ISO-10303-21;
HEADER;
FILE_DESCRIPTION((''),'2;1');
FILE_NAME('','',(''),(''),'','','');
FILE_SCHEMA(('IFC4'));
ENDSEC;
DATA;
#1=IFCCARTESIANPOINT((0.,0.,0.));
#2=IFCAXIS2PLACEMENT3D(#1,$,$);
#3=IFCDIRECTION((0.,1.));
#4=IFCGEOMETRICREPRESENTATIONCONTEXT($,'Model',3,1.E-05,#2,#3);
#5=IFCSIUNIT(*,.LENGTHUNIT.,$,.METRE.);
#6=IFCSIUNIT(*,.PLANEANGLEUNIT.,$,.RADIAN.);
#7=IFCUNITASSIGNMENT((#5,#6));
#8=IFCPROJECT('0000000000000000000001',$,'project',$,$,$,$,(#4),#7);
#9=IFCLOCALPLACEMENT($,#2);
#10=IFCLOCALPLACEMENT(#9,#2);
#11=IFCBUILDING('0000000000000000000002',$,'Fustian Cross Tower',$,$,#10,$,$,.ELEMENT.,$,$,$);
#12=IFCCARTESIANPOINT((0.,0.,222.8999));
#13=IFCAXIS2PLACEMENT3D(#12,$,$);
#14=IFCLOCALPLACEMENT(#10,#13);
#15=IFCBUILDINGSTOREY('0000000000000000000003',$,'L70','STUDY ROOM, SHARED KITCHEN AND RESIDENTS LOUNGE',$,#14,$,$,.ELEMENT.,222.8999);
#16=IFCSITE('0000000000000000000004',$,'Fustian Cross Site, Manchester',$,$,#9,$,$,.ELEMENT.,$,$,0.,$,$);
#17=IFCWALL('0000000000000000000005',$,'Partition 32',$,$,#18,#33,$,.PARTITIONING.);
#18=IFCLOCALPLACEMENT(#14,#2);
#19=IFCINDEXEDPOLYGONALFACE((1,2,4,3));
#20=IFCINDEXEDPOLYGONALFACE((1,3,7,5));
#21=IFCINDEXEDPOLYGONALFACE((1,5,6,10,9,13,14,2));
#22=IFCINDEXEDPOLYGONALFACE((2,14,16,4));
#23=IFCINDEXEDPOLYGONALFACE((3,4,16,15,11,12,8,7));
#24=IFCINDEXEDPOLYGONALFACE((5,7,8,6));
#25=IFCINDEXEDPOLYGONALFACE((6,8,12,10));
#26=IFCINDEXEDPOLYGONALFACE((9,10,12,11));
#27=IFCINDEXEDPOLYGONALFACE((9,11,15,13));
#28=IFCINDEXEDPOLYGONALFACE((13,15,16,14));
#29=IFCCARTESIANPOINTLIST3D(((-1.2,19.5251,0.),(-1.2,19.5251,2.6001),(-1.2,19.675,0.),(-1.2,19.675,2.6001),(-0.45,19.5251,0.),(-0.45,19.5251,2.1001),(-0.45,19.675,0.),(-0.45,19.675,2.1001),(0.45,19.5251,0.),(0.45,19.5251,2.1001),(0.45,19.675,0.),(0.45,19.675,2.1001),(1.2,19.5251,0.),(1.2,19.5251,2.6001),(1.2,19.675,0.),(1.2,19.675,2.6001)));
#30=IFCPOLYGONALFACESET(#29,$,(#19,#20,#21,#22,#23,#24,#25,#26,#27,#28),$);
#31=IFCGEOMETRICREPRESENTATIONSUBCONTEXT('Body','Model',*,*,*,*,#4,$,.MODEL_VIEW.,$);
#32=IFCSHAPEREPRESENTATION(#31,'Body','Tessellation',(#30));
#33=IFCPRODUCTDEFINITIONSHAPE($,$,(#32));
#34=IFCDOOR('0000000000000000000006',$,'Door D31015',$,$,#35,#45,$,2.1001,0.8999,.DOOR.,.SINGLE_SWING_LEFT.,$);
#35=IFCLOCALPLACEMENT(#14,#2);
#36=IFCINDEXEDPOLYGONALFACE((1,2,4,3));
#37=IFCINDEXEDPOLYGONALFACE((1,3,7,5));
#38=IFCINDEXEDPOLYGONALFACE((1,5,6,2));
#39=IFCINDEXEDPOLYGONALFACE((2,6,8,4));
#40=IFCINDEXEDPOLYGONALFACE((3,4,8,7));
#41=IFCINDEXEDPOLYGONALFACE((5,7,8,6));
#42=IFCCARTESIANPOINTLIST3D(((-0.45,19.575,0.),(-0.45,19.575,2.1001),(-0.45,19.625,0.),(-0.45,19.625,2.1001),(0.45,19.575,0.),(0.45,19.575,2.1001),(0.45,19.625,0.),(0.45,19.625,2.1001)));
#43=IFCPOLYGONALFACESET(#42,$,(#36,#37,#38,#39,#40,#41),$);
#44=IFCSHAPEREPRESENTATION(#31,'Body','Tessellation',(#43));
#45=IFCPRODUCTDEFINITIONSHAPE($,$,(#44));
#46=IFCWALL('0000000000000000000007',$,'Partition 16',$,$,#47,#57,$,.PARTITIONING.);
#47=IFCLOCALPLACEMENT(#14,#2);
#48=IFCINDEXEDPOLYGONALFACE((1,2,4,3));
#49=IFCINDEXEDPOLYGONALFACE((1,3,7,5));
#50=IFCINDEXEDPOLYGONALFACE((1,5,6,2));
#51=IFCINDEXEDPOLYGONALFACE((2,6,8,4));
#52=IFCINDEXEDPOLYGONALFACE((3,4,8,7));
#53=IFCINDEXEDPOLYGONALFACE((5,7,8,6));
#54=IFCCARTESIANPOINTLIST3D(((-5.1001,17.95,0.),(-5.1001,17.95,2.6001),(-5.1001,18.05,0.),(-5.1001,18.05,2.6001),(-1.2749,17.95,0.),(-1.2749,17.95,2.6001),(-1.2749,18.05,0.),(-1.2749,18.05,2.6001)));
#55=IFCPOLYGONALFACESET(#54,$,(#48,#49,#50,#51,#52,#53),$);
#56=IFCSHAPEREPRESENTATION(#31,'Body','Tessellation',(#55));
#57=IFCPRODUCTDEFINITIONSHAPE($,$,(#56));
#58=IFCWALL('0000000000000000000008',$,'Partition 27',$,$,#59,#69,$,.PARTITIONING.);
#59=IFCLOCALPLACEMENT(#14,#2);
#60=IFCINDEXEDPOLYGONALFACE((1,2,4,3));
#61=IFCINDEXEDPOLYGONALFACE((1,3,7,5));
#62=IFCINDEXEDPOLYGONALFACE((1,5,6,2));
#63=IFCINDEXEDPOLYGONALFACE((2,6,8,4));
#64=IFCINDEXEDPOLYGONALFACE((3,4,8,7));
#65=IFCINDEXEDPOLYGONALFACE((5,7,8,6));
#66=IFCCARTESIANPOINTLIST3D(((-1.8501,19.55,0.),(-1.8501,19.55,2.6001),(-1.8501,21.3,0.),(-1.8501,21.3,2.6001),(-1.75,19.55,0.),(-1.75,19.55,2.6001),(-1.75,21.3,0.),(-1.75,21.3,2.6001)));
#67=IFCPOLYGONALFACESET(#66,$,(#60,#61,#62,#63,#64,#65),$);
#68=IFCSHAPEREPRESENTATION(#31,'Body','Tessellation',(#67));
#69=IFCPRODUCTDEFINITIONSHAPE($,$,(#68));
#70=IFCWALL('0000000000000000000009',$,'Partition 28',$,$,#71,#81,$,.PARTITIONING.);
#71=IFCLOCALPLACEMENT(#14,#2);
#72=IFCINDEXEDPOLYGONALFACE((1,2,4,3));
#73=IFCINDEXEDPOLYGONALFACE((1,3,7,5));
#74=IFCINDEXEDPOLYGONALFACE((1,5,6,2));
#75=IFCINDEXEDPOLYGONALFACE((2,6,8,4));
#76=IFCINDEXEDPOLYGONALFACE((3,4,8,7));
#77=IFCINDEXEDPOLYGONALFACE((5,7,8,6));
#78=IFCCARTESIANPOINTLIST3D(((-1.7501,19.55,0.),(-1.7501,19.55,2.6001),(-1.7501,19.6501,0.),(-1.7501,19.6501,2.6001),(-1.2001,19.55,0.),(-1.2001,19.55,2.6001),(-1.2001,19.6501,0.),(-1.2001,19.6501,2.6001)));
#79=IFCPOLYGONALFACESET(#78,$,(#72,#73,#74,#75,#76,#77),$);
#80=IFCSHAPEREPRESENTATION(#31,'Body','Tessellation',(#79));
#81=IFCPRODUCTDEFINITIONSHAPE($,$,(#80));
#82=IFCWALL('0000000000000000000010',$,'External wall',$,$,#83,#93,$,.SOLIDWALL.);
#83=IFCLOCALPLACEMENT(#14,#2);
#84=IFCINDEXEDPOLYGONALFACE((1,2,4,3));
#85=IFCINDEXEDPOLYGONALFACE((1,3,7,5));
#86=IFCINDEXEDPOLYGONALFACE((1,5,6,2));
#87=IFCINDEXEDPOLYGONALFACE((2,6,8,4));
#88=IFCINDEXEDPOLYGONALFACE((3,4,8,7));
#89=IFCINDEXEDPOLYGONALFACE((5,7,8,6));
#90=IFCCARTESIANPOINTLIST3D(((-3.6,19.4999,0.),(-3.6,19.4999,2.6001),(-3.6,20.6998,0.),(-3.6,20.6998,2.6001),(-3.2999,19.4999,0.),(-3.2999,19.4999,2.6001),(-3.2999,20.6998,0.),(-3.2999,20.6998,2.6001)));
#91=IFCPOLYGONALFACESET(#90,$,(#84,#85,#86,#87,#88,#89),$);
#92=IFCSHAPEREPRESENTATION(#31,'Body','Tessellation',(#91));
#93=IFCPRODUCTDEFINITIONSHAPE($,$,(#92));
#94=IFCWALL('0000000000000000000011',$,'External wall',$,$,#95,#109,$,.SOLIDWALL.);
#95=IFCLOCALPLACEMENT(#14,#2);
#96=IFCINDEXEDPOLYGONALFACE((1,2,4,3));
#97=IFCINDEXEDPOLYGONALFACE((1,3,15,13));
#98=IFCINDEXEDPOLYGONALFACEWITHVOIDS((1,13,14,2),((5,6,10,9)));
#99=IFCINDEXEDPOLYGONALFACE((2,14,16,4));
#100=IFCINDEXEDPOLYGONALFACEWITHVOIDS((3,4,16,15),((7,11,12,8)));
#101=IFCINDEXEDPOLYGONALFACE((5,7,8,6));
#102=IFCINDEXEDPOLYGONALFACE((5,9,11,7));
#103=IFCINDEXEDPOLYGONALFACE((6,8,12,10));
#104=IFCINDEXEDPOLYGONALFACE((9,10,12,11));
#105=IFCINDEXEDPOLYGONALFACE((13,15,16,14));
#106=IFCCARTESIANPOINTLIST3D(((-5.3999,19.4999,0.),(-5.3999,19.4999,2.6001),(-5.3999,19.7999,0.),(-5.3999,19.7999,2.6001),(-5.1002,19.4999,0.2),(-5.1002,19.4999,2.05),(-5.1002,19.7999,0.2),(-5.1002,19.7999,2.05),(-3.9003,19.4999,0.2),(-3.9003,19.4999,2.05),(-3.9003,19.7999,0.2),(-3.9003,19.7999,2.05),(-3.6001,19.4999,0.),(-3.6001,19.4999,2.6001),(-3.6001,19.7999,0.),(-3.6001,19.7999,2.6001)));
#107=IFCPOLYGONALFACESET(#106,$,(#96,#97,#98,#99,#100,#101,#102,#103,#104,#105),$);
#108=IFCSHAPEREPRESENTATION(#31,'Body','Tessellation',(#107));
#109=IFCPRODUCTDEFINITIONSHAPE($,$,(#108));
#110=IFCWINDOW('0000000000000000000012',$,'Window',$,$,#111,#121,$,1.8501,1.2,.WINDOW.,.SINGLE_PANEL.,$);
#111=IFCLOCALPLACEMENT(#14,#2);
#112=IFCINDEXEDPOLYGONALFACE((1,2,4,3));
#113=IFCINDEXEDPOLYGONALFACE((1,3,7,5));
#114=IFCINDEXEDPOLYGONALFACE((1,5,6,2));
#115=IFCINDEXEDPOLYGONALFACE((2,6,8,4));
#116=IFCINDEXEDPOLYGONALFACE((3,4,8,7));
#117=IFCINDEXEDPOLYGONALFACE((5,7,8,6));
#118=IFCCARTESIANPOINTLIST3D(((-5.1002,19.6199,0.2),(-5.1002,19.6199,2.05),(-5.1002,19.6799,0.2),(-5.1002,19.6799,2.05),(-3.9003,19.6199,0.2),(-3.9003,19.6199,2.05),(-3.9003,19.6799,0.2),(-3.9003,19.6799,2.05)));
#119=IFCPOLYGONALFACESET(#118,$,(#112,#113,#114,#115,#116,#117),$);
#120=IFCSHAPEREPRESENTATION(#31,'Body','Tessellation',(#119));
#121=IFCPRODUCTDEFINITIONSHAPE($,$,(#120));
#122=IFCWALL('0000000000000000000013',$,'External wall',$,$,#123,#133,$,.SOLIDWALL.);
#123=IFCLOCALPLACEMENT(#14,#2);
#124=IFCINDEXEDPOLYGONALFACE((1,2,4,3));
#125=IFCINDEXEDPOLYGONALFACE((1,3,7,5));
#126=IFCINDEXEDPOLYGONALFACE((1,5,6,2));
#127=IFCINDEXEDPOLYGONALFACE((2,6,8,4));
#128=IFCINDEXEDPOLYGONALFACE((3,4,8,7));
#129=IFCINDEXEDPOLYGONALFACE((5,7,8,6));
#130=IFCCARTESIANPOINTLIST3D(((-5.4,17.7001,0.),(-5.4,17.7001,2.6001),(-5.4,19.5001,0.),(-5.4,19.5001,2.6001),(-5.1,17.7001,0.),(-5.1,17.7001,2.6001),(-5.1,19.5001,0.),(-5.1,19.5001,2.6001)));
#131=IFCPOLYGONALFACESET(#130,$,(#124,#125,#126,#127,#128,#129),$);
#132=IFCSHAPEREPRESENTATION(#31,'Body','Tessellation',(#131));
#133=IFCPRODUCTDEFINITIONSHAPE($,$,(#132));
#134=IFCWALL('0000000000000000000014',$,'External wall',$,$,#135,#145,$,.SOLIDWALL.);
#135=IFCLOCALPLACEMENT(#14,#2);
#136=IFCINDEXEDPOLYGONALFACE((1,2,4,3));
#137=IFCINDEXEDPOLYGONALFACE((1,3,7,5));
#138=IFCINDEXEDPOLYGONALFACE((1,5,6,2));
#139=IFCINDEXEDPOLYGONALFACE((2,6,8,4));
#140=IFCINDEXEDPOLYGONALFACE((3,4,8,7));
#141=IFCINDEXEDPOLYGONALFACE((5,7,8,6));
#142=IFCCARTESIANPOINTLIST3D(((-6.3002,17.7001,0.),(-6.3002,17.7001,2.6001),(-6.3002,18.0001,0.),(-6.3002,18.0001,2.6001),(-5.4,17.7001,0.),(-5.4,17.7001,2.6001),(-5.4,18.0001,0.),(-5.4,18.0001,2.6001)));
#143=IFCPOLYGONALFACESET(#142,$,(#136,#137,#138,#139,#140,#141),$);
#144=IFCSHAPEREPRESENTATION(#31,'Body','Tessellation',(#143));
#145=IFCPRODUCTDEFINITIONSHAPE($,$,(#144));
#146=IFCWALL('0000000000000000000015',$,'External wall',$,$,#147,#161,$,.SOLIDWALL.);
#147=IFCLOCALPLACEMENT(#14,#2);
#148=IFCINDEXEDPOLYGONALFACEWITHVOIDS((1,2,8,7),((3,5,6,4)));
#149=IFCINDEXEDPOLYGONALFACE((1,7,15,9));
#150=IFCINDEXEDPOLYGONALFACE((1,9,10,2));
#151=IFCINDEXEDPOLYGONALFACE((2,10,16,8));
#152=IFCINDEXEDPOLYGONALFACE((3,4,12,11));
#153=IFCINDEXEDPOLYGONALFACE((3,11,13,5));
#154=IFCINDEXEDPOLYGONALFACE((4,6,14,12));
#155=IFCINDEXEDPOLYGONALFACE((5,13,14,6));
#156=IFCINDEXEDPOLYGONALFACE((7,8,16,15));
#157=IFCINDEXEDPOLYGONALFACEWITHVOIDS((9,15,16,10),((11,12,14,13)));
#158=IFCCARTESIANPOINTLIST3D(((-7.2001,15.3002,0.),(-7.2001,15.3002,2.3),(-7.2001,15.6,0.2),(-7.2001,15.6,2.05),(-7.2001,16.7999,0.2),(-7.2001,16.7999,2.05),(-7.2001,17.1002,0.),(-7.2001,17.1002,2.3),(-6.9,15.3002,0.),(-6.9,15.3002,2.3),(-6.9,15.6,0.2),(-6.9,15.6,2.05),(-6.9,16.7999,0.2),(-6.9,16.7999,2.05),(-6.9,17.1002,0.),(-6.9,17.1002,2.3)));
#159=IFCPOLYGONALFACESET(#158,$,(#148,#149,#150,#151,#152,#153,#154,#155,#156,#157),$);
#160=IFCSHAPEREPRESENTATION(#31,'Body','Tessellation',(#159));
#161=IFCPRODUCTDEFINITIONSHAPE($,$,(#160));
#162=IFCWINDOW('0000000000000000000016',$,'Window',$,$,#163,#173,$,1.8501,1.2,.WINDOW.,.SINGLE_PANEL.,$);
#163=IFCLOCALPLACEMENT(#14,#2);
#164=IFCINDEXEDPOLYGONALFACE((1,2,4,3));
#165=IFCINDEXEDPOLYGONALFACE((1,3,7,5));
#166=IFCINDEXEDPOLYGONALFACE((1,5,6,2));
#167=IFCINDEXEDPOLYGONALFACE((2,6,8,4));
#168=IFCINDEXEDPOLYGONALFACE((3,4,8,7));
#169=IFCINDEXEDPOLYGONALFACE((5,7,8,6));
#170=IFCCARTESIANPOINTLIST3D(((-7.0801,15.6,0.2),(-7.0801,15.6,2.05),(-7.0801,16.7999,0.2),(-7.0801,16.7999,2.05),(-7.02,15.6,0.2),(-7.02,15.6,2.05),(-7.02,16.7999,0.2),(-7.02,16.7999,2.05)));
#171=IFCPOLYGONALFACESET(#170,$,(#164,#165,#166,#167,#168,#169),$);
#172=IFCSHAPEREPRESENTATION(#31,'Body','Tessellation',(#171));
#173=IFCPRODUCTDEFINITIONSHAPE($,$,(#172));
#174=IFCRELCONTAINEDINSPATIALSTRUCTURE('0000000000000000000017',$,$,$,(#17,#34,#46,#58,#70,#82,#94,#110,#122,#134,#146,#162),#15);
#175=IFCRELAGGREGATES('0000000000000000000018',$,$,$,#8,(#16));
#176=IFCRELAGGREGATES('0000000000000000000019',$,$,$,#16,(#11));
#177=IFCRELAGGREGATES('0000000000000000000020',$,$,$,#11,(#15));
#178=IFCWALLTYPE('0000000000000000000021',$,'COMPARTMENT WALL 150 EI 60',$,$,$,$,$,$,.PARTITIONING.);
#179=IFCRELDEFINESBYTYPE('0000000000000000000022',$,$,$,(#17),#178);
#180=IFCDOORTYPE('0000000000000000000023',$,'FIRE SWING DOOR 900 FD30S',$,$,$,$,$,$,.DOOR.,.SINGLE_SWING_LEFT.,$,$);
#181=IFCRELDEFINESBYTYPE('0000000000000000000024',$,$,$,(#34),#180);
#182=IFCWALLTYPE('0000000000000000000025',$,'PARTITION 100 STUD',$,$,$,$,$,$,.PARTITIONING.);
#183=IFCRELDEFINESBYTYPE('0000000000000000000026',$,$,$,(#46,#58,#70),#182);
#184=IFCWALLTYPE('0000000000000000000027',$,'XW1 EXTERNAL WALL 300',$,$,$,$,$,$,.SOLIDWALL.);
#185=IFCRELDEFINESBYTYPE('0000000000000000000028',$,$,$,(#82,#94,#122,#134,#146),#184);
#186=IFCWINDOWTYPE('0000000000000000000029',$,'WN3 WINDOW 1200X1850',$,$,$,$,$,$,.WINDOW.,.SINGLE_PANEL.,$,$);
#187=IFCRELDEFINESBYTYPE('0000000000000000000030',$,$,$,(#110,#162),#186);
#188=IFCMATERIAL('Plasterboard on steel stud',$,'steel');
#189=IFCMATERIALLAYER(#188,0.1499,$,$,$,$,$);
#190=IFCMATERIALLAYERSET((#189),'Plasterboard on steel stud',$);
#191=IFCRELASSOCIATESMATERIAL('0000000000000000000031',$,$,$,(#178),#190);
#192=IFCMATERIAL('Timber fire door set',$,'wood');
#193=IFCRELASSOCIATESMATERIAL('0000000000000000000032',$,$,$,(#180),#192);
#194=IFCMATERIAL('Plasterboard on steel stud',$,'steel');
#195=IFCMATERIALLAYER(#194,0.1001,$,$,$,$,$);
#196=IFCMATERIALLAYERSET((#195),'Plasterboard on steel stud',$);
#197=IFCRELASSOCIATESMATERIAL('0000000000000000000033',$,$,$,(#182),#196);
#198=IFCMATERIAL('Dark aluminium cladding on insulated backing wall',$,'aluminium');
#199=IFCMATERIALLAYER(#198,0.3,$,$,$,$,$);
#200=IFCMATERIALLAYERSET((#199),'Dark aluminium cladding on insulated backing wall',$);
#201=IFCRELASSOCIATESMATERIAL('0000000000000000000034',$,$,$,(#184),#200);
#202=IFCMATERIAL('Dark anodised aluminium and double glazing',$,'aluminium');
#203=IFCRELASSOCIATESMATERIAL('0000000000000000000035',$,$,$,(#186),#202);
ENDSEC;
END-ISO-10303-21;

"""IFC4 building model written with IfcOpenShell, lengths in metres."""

from ifc_helpers import new_model, si_unit, direction, frame, frame_2d, origin, place, context, subcontext, project, spatial, rectangle, extrude, material, layer, layer_set, type_object, element, fill, save


model = new_model("IFC4")

# Units and contexts
model_context = context("Model", 3, precision=1e-05, world=origin(), true_north=direction((0.0, 1.0)))
body_context = subcontext(model_context, "Body", "Model", "MODEL_VIEW")
ifc_project = project(units=[si_unit("LENGTHUNIT", "METRE"), si_unit("PLANEANGLEUNIT", "RADIAN")], contexts=[model_context])

# Site, building, storey
site_placement = place(None, origin())
site = spatial("IfcSite", under=ifc_project, at=site_placement, Name="Fustian Cross Site, Manchester", CompositionType="ELEMENT", RefElevation=0.0)
building_placement = place(site_placement, origin())
building = spatial("IfcBuilding", under=site, at=building_placement, Name="Fustian Cross Tower", CompositionType="ELEMENT")
storey_placement = place(building_placement, frame((0.0, 0.0, 222.8999)))
storey = spatial("IfcBuildingStorey", under=building, at=storey_placement, Name="L70", Description="STUDY ROOM, SHARED KITCHEN AND RESIDENTS LOUNGE", CompositionType="ELEMENT", Elevation=222.8999)

# Wall, opening, door
ifc_material_1 = material(Name="Plasterboard on steel stud", Category="steel")
ifc_layer_1 = layer(ifc_material_1, 0.1499)
ifc_layer_set_1 = layer_set([ifc_layer_1], Name="Plasterboard on steel stud")
wall_type_1 = type_object("IfcWallType", Name="COMPARTMENT WALL 150 EI 60", PredefinedType="PARTITIONING", material=ifc_layer_set_1)
wall_1_placement = place(storey_placement, frame((-1.2, 19.6001, 0.0), z_axis=(0.0, 0.0, 1.0), x_axis=(1.0, 0.0, 0.0)))
wall_1 = element("IfcWall", 1, at=wall_1_placement, inside=storey, type_object=wall_type_1, Name="Partition 32", PredefinedType="PARTITIONING", context=body_context, shape_type="SweptSolid", body=[
    extrude(rectangle(XDim=2.3999, YDim=0.1499, at=frame_2d((1.2, 0.0))), origin(), (0.0, 0.0, 1.0), 2.6001),
])
opening_1_placement = place(wall_1_placement, frame((0.75, 0.0, 0.0)))
opening_1 = element("IfcOpeningElement", 2, at=opening_1_placement, cuts=wall_1, PredefinedType="OPENING", context=body_context, shape_type="SweptSolid", body=[
    extrude(rectangle(XDim=0.8999, YDim=2.1001, at=frame_2d((0.45, 1.05))), frame((0.0, 0.085, 0.0), z_axis=(0.0, -1.0, 0.0), x_axis=(1.0, 0.0, 0.0)), (0.0, 0.0, 1.0), 0.1699),
])
ifc_material_2 = material(Name="Timber fire door set", Category="wood")
door_type = type_object("IfcDoorType", Name="FIRE SWING DOOR 900 FD30S", OperationType="SINGLE_SWING_LEFT", PredefinedType="DOOR", material=ifc_material_2)
door_placement = place(opening_1_placement, origin())
door = element("IfcDoor", 3, at=door_placement, inside=storey, type_object=door_type, Name="Door D31015", OperationType="SINGLE_SWING_LEFT", OverallHeight=2.1001, OverallWidth=0.8999, PredefinedType="DOOR", context=body_context, shape_type="SweptSolid", body=[
    extrude(rectangle(XDim=0.8999, YDim=2.1001, at=frame_2d((0.45, 1.05))), frame((0.0, 0.0249, 0.0), z_axis=(0.0, -1.0, 0.0), x_axis=(1.0, 0.0, 0.0)), (0.0, 0.0, 1.0), 0.05),
])
fill(opening_1, door)

# Walls
ifc_material_3 = material(Name="Plasterboard on steel stud", Category="steel")
ifc_layer_2 = layer(ifc_material_3, 0.1001)
ifc_layer_set_2 = layer_set([ifc_layer_2], Name="Plasterboard on steel stud")
wall_type_2 = type_object("IfcWallType", Name="PARTITION 100 STUD", PredefinedType="PARTITIONING", material=ifc_layer_set_2)
wall_2_placement = place(storey_placement, frame((-5.1001, 18.0, 0.0), z_axis=(0.0, 0.0, 1.0), x_axis=(1.0, 0.0, 0.0)))
element("IfcWall", 4, at=wall_2_placement, inside=storey, type_object=wall_type_2, Name="Partition 16", PredefinedType="PARTITIONING", context=body_context, shape_type="SweptSolid", body=[
    extrude(rectangle(XDim=3.8252, YDim=0.1001, at=frame_2d((1.9126, 0.0))), origin(), (0.0, 0.0, 1.0), 2.6001),
])
wall_3_placement = place(storey_placement, frame((-1.8, 19.55, 0.0), z_axis=(0.0, 0.0, 1.0), x_axis=(0.0, 1.0, 0.0)))
element("IfcWall", 5, at=wall_3_placement, inside=storey, type_object=wall_type_2, Name="Partition 27", PredefinedType="PARTITIONING", context=body_context, shape_type="SweptSolid", body=[
    extrude(rectangle(XDim=1.75, YDim=0.1001, at=frame_2d((0.875, 0.0))), origin(), (0.0, 0.0, 1.0), 2.6001),
])
wall_4_placement = place(storey_placement, frame((-1.75, 19.6001, 0.0), z_axis=(0.0, 0.0, 1.0), x_axis=(1.0, 0.0, 0.0)))
element("IfcWall", 6, at=wall_4_placement, inside=storey, type_object=wall_type_2, Name="Partition 28", PredefinedType="PARTITIONING", context=body_context, shape_type="SweptSolid", body=[
    extrude(rectangle(XDim=0.55, YDim=0.1001, at=frame_2d((0.2749, 0.0))), origin(), (0.0, 0.0, 1.0), 2.6001),
])
ifc_material_4 = material(Name="Dark aluminium cladding on insulated backing wall", Category="aluminium")
ifc_layer_3 = layer(ifc_material_4, 0.3)
ifc_layer_set_3 = layer_set([ifc_layer_3], Name="Dark aluminium cladding on insulated backing wall")
wall_type_3 = type_object("IfcWallType", Name="XW1 EXTERNAL WALL 300", PredefinedType="SOLIDWALL", material=ifc_layer_set_3)
wall_5_placement = place(storey_placement, frame((-3.45, 20.7, 0.0), z_axis=(0.0, 0.0, 1.0), x_axis=(0.0, -1.0, 0.0)))
element("IfcWall", 7, at=wall_5_placement, inside=storey, type_object=wall_type_3, Name="External wall", PredefinedType="SOLIDWALL", context=body_context, shape_type="SweptSolid", body=[
    extrude(rectangle(XDim=1.2, YDim=0.3, at=frame_2d((0.6001, 0.0))), origin(), (0.0, 0.0, 1.0), 2.6001),
])

# Wall, opening, window
wall_6_placement = place(storey_placement, frame((-3.6001, 19.6499, 0.0), z_axis=(0.0, 0.0, 1.0), x_axis=(-1.0, 0.0, 0.0)))
wall_6 = element("IfcWall", 8, at=wall_6_placement, inside=storey, type_object=wall_type_3, Name="External wall", PredefinedType="SOLIDWALL", context=body_context, shape_type="SweptSolid", body=[
    extrude(rectangle(XDim=1.7998, YDim=0.3, at=frame_2d((0.8999, 0.0))), origin(), (0.0, 0.0, 1.0), 2.6001),
])
opening_2_placement = place(wall_6_placement, frame((0.3, 0.0, 0.2)))
opening_2 = element("IfcOpeningElement", 9, at=opening_2_placement, cuts=wall_6, PredefinedType="OPENING", context=body_context, shape_type="SweptSolid", body=[
    extrude(rectangle(XDim=1.2, YDim=1.8501, at=frame_2d((0.6001, 0.925))), frame((0.0, 0.1599, 0.0), z_axis=(0.0, -1.0, 0.0), x_axis=(1.0, 0.0, 0.0)), (0.0, 0.0, 1.0), 0.3201),
])
ifc_material_5 = material(Name="Dark anodised aluminium and double glazing", Category="aluminium")
window_type = type_object("IfcWindowType", Name="WN3 WINDOW 1200X1850", PartitioningType="SINGLE_PANEL", PredefinedType="WINDOW", material=ifc_material_5)
window_1_placement = place(opening_2_placement, origin())
window_1 = element("IfcWindow", 10, at=window_1_placement, inside=storey, type_object=window_type, Name="Window", OverallHeight=1.8501, OverallWidth=1.2, PartitioningType="SINGLE_PANEL", PredefinedType="WINDOW", context=body_context, shape_type="SweptSolid", body=[
    extrude(rectangle(XDim=1.2, YDim=1.8501, at=frame_2d((0.6001, 0.925))), frame((0.0, 0.03, 0.0), z_axis=(0.0, -1.0, 0.0), x_axis=(1.0, 0.0, 0.0)), (0.0, 0.0, 1.0), 0.0601),
])
fill(opening_2, window_1)

# Walls
wall_7_placement = place(storey_placement, frame((-5.25, 19.5, 0.0), z_axis=(0.0, 0.0, 1.0), x_axis=(0.0, -1.0, 0.0)))
element("IfcWall", 11, at=wall_7_placement, inside=storey, type_object=wall_type_3, Name="External wall", PredefinedType="SOLIDWALL", context=body_context, shape_type="SweptSolid", body=[
    extrude(rectangle(XDim=1.8, YDim=0.3, at=frame_2d((0.8999, 0.0))), origin(), (0.0, 0.0, 1.0), 2.6001),
])
wall_8_placement = place(storey_placement, frame((-5.3999, 17.8501, 0.0), z_axis=(0.0, 0.0, 1.0), x_axis=(-1.0, 0.0, 0.0)))
element("IfcWall", 12, at=wall_8_placement, inside=storey, type_object=wall_type_3, Name="External wall", PredefinedType="SOLIDWALL", context=body_context, shape_type="SweptSolid", body=[
    extrude(rectangle(XDim=0.9001, YDim=0.3, at=frame_2d((0.4502, 0.0))), origin(), (0.0, 0.0, 1.0), 2.6001),
])

# Wall, opening, window
wall_9_placement = place(storey_placement, frame((-7.05, 17.1001, 0.0), z_axis=(0.0, 0.0, 1.0), x_axis=(0.0, -1.0, 0.0)))
wall_9 = element("IfcWall", 13, at=wall_9_placement, inside=storey, type_object=wall_type_3, Name="External wall", PredefinedType="SOLIDWALL", context=body_context, shape_type="SweptSolid", body=[
    extrude(rectangle(XDim=1.8, YDim=0.3, at=frame_2d((0.8999, 0.0))), origin(), (0.0, 0.0, 1.0), 2.3),
])
opening_3_placement = place(wall_9_placement, frame((0.3, 0.0, 0.2)))
opening_3 = element("IfcOpeningElement", 14, at=opening_3_placement, cuts=wall_9, PredefinedType="OPENING", context=body_context, shape_type="SweptSolid", body=[
    extrude(rectangle(XDim=1.2, YDim=1.8501, at=frame_2d((0.6001, 0.925))), frame((0.0, 0.1599, 0.0), z_axis=(0.0, -1.0, 0.0), x_axis=(1.0, 0.0, 0.0)), (0.0, 0.0, 1.0), 0.3201),
])
window_2_placement = place(opening_3_placement, origin())
window_2 = element("IfcWindow", 15, at=window_2_placement, inside=storey, type_object=window_type, Name="Window", OverallHeight=1.8501, OverallWidth=1.2, PartitioningType="SINGLE_PANEL", PredefinedType="WINDOW", context=body_context, shape_type="SweptSolid", body=[
    extrude(rectangle(XDim=1.2, YDim=1.8501, at=frame_2d((0.6001, 0.925))), frame((0.0, 0.03, 0.0), z_axis=(0.0, -1.0, 0.0), x_axis=(1.0, 0.0, 0.0)), (0.0, 0.0, 1.0), 0.0601),
])
fill(opening_3, window_2)

save(model, "model.ifc")
